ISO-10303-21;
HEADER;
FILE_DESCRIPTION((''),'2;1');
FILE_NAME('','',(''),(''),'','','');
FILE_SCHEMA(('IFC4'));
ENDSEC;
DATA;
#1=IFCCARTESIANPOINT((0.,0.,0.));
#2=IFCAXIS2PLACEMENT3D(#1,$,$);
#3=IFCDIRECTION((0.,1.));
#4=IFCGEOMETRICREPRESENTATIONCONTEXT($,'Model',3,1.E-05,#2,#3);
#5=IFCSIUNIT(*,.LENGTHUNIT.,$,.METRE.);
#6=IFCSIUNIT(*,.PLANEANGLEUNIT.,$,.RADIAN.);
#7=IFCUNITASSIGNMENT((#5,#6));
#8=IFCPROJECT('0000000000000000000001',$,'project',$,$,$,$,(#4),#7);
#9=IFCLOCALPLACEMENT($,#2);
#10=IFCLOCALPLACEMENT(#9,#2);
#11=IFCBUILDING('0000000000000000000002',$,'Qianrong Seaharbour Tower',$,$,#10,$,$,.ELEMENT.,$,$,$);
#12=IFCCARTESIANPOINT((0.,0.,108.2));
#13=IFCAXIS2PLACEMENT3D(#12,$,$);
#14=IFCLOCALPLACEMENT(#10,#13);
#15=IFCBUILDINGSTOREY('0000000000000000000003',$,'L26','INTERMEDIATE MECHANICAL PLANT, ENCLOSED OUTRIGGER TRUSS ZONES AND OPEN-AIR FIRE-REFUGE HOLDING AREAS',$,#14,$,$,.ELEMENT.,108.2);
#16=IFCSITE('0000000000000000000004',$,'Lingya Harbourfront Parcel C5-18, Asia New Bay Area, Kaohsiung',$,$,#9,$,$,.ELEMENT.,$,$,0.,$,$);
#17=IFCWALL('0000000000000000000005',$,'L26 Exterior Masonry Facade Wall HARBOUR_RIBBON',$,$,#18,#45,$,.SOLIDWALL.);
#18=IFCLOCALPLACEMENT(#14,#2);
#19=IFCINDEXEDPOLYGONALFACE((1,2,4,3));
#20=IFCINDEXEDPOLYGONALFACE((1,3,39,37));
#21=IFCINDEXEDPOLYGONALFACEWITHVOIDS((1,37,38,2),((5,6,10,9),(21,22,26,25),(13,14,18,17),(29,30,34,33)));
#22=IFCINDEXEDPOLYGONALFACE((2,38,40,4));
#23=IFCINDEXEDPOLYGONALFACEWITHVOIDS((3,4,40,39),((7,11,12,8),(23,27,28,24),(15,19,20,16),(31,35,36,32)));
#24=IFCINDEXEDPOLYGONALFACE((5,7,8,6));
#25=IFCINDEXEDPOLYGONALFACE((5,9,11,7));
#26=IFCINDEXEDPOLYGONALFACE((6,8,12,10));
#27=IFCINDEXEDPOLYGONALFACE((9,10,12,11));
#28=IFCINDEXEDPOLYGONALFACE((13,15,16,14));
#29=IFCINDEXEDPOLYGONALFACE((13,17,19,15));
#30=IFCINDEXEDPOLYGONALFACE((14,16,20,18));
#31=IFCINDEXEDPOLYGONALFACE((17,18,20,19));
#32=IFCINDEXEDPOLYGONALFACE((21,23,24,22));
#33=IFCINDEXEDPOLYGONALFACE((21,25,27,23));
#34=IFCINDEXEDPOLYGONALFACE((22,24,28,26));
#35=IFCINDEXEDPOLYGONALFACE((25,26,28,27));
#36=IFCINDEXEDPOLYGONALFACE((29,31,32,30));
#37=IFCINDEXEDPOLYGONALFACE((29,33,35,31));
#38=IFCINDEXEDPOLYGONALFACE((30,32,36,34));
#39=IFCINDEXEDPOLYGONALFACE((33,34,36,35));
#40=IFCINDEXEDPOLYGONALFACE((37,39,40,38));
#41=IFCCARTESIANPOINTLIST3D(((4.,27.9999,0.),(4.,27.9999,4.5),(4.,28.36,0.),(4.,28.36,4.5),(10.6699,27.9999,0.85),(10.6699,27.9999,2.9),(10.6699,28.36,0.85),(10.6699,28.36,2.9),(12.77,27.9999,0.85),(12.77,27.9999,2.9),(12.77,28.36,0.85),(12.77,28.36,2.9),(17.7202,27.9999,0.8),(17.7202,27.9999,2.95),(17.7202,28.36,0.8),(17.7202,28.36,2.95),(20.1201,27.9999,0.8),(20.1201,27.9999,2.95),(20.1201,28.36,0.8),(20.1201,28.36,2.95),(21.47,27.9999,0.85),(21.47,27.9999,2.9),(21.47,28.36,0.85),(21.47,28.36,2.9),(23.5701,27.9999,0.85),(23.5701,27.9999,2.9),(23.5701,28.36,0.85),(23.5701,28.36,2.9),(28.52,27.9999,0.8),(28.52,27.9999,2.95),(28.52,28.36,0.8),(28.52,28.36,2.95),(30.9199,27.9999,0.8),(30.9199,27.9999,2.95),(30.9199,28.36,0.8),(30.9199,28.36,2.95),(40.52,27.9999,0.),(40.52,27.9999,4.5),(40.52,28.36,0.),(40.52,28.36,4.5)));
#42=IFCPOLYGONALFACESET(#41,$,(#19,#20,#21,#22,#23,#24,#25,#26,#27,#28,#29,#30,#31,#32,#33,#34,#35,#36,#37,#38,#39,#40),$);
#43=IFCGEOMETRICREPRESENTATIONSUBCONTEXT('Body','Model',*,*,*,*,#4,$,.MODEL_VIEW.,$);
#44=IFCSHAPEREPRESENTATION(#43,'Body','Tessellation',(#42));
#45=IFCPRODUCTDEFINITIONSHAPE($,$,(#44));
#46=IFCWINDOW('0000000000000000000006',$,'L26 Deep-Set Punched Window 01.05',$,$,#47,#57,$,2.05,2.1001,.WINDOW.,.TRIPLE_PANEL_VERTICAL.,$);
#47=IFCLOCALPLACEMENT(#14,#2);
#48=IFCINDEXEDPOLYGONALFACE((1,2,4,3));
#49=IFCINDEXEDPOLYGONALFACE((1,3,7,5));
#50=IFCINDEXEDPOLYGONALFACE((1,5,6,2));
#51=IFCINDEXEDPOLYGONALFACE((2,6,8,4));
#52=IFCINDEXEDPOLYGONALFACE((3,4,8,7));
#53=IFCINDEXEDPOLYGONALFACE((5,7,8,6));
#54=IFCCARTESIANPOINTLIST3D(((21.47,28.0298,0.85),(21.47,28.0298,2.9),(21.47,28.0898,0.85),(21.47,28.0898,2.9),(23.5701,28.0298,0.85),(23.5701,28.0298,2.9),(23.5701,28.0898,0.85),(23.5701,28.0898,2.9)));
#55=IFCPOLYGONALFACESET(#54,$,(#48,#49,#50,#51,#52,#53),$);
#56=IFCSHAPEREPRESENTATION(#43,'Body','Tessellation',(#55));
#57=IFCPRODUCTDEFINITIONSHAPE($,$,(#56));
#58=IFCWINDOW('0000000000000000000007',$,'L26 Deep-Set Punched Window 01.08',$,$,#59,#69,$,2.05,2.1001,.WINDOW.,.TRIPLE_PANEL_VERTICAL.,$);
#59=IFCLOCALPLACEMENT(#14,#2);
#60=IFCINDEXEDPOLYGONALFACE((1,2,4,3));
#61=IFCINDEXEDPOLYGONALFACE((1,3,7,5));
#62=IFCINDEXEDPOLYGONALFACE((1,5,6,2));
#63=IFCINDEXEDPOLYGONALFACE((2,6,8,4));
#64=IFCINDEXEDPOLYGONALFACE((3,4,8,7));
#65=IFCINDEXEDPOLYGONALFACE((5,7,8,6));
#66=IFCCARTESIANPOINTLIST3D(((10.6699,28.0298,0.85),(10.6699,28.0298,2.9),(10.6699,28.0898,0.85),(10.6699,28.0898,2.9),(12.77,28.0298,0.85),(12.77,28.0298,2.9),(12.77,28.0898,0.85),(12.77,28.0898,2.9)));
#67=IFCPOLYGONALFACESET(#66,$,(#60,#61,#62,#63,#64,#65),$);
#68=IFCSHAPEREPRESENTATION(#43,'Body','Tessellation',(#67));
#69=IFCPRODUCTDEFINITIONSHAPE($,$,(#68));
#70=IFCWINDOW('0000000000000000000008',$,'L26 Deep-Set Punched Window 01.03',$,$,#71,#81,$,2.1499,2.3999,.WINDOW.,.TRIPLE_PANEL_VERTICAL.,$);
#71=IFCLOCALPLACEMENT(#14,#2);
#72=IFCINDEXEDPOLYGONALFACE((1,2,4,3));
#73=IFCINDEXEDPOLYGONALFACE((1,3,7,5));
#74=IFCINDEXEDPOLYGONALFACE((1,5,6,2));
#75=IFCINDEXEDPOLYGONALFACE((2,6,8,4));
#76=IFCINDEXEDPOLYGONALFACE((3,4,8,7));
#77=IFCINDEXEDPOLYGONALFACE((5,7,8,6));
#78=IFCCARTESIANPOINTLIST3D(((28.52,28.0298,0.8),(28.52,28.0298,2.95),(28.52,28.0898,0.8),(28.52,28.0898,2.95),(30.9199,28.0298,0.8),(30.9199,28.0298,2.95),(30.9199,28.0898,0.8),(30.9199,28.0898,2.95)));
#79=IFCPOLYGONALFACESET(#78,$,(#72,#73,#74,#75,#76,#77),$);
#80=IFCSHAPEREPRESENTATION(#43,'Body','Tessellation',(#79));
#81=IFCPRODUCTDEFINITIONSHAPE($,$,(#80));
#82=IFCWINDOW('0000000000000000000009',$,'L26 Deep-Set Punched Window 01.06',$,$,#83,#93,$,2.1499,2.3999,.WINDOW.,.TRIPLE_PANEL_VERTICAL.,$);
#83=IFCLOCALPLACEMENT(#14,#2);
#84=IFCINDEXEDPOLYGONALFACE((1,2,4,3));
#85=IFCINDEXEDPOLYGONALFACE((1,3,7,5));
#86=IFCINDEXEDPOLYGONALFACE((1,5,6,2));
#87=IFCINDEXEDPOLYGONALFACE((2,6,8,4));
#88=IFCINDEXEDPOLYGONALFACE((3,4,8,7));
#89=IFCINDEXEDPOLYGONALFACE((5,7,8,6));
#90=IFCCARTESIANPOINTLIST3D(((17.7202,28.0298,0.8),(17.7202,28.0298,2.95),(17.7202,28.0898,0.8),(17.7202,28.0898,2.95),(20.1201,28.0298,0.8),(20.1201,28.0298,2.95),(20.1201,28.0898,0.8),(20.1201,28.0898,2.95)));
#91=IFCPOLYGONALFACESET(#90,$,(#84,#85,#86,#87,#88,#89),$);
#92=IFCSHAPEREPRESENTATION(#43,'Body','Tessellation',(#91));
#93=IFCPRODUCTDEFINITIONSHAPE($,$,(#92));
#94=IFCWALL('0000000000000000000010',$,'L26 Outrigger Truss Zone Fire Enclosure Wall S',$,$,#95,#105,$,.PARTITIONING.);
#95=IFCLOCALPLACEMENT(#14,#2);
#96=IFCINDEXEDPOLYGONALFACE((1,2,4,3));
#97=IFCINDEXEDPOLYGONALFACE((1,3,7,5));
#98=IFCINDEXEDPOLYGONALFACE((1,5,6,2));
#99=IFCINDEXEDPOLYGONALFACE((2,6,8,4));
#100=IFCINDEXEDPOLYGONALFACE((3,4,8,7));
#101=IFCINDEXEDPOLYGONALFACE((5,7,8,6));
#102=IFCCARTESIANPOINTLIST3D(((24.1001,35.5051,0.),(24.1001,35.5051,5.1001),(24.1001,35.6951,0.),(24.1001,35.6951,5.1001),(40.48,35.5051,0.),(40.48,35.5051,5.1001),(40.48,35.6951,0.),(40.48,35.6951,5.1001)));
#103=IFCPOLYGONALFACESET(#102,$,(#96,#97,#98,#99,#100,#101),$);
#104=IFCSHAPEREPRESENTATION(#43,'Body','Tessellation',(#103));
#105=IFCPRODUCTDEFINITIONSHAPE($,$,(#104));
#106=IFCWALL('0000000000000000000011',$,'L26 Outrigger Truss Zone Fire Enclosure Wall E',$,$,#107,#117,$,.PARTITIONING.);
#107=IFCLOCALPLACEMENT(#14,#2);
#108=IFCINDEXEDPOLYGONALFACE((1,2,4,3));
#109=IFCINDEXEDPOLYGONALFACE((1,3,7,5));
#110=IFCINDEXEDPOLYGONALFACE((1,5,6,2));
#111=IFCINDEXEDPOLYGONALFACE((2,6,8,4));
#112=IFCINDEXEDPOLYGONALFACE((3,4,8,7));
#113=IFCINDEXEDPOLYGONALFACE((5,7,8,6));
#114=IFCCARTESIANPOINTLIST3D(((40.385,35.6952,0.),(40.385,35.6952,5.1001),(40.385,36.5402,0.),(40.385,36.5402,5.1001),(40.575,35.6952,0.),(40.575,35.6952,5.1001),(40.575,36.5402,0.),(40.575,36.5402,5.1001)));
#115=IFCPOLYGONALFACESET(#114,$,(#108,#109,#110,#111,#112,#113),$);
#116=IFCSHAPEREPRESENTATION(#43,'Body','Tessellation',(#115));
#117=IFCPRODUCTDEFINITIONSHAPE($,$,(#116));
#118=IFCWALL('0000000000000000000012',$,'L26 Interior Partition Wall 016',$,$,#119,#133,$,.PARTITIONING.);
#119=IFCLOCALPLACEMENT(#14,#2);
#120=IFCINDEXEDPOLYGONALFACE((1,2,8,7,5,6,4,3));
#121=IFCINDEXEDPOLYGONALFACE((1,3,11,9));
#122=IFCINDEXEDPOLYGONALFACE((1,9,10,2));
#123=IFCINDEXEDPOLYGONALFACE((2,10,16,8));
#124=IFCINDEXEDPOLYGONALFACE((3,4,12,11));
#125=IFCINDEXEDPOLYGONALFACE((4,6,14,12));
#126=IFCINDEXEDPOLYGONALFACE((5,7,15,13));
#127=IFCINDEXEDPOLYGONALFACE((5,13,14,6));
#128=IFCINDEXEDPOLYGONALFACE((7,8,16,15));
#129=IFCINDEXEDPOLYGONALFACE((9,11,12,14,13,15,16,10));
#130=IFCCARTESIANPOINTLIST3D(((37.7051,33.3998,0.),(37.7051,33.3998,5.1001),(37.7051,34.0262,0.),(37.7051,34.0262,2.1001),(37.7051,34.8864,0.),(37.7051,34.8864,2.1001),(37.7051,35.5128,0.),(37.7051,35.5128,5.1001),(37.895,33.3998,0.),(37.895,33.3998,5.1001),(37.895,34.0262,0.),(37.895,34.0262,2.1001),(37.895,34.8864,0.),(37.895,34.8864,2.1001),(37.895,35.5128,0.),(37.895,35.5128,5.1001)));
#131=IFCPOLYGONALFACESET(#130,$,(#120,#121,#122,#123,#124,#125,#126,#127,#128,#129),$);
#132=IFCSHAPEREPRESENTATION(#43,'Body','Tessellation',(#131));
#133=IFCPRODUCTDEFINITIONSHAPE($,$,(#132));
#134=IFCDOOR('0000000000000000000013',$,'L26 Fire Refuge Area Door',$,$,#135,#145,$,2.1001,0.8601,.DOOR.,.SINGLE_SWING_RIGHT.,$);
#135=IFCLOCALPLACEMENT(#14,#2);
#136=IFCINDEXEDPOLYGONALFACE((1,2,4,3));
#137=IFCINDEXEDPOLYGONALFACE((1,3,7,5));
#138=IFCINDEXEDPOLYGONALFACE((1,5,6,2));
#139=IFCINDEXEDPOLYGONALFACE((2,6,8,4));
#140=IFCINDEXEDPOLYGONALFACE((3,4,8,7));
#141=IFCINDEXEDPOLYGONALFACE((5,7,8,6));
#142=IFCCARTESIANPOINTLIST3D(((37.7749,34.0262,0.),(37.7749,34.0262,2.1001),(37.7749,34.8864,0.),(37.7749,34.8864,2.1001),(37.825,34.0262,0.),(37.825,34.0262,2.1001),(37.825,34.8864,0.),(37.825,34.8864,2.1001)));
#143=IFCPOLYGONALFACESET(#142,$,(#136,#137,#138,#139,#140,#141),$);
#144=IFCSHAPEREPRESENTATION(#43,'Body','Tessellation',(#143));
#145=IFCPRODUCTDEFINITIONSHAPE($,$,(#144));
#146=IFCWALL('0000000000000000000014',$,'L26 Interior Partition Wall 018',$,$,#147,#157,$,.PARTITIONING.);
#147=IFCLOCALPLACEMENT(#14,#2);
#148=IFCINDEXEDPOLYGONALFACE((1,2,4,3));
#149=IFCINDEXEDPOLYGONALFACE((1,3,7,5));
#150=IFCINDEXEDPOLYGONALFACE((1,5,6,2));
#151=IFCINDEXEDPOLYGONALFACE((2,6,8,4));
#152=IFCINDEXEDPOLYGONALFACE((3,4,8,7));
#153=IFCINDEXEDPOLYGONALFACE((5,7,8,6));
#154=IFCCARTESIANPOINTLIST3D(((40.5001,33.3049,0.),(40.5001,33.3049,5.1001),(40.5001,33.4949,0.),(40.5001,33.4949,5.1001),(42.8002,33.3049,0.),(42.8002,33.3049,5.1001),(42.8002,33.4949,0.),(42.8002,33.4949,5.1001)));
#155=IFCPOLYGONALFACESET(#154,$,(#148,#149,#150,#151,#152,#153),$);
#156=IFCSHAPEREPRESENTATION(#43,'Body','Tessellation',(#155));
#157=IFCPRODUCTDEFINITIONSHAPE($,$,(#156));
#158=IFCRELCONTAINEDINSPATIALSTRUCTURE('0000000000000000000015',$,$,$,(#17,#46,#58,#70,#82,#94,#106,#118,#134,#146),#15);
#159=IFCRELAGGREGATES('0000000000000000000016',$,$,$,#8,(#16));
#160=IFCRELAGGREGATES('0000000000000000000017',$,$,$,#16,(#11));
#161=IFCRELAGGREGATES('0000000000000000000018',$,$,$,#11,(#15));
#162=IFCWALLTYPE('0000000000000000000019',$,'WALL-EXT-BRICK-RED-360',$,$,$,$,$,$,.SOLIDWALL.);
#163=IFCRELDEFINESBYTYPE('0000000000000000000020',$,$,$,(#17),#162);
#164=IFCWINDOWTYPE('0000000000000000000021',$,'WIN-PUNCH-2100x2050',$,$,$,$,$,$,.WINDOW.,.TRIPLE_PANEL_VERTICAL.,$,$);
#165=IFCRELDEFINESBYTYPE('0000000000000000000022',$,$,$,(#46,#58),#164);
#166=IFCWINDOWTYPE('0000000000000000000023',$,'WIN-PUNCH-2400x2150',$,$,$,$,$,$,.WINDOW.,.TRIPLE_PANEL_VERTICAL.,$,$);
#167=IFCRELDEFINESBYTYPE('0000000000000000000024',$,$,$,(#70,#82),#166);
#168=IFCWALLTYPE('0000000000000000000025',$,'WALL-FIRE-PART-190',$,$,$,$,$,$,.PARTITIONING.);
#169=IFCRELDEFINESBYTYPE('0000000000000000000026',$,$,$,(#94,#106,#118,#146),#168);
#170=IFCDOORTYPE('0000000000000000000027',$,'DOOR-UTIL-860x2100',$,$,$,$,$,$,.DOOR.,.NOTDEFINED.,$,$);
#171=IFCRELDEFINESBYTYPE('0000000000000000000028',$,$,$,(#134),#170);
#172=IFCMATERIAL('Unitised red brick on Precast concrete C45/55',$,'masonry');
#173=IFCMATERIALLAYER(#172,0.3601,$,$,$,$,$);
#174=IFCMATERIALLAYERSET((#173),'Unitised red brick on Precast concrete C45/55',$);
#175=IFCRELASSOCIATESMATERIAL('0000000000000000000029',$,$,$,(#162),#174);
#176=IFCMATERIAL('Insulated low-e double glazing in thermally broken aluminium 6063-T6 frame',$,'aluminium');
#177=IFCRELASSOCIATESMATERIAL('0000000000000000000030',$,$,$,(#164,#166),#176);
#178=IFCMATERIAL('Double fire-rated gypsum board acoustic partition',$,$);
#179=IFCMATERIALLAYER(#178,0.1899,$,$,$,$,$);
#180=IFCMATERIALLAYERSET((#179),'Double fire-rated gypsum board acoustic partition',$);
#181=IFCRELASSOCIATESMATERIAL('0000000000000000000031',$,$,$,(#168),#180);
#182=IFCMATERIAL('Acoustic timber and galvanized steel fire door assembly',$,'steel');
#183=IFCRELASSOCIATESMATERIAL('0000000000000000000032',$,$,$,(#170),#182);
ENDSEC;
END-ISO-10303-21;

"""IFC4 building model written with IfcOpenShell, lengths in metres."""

from ifc_helpers import new_model, si_unit, direction, frame, frame_2d, origin, place, context, subcontext, project, spatial, rectangle, extrude, material, layer, layer_set, type_object, element, fill, save


model = new_model("IFC4")

# Units and contexts
model_context = context("Model", 3, precision=1e-05, world=origin(), true_north=direction((0.0, 1.0)))
body_context = subcontext(model_context, "Body", "Model", "MODEL_VIEW")
ifc_project = project(units=[si_unit("LENGTHUNIT", "METRE"), si_unit("PLANEANGLEUNIT", "RADIAN")], contexts=[model_context])

# Site, building, storey
site_placement = place(None, origin())
site = spatial("IfcSite", under=ifc_project, at=site_placement, Name="Lingya Harbourfront Parcel C5-18, Asia New Bay Area, Kaohsiung", CompositionType="ELEMENT", RefElevation=0.0)
building_placement = place(site_placement, origin())
building = spatial("IfcBuilding", under=site, at=building_placement, Name="Qianrong Seaharbour Tower", CompositionType="ELEMENT")
storey_placement = place(building_placement, frame((0.0, 0.0, 108.2)))
storey = spatial("IfcBuildingStorey", under=building, at=storey_placement, Name="L26", Description="INTERMEDIATE MECHANICAL PLANT, ENCLOSED OUTRIGGER TRUSS ZONES AND OPEN-AIR FIRE-REFUGE HOLDING AREAS", CompositionType="ELEMENT", Elevation=108.2)

# Wall, openings, windows
ifc_material_1 = material(Name="Unitised red brick on Precast concrete C45/55", Category="masonry")
ifc_layer_1 = layer(ifc_material_1, 0.3601)
ifc_layer_set_1 = layer_set([ifc_layer_1], Name="Unitised red brick on Precast concrete C45/55")
wall_type_1 = type_object("IfcWallType", Name="WALL-EXT-BRICK-RED-360", PredefinedType="SOLIDWALL", material=ifc_layer_set_1)
wall_1_placement = place(storey_placement, frame((40.52, 28.1799, 0.0), z_axis=(0.0, 0.0, 1.0), x_axis=(-1.0, 0.0, 0.0)))
wall_1 = element("IfcWall", 1, at=wall_1_placement, inside=storey, type_object=wall_type_1, Name="L26 Exterior Masonry Facade Wall HARBOUR_RIBBON", PredefinedType="SOLIDWALL", context=body_context, shape_type="SweptSolid", body=[
    extrude(rectangle(XDim=36.52, YDim=0.3601, at=frame_2d((18.26, 0.0))), origin(), (0.0, 0.0, 1.0), 4.5),
])
opening_1_placement = place(wall_1_placement, frame((9.6001, 0.0, 0.8)))
opening_1 = element("IfcOpeningElement", 2, at=opening_1_placement, cuts=wall_1, PredefinedType="OPENING", context=body_context, shape_type="SweptSolid", body=[
    extrude(rectangle(XDim=2.3999, YDim=2.1499, at=frame_2d((1.2, 1.075))), frame((0.0, 0.1899, 0.0), z_axis=(0.0, -1.0, 0.0), x_axis=(1.0, 0.0, 0.0)), (0.0, 0.0, 1.0), 0.3801),
])
opening_2_placement = place(wall_1_placement, frame((16.95, 0.0, 0.8501)))
opening_2 = element("IfcOpeningElement", 3, at=opening_2_placement, cuts=wall_1, PredefinedType="OPENING", context=body_context, shape_type="SweptSolid", body=[
    extrude(rectangle(XDim=2.1001, YDim=2.05, at=frame_2d((1.05, 1.0249))), frame((0.0, 0.1899, 0.0), z_axis=(0.0, -1.0, 0.0), x_axis=(1.0, 0.0, 0.0)), (0.0, 0.0, 1.0), 0.3801),
])
opening_3_placement = place(wall_1_placement, frame((20.3999, 0.0, 0.8)))
opening_3 = element("IfcOpeningElement", 4, at=opening_3_placement, cuts=wall_1, PredefinedType="OPENING", context=body_context, shape_type="SweptSolid", body=[
    extrude(rectangle(XDim=2.3999, YDim=2.1499, at=frame_2d((1.2, 1.075))), frame((0.0, 0.1899, 0.0), z_axis=(0.0, -1.0, 0.0), x_axis=(1.0, 0.0, 0.0)), (0.0, 0.0, 1.0), 0.3801),
])
opening_4_placement = place(wall_1_placement, frame((27.75, 0.0, 0.8501)))
opening_4 = element("IfcOpeningElement", 5, at=opening_4_placement, cuts=wall_1, PredefinedType="OPENING", context=body_context, shape_type="SweptSolid", body=[
    extrude(rectangle(XDim=2.1001, YDim=2.05, at=frame_2d((1.05, 1.0249))), frame((0.0, 0.1899, 0.0), z_axis=(0.0, -1.0, 0.0), x_axis=(1.0, 0.0, 0.0)), (0.0, 0.0, 1.0), 0.3801),
])
ifc_material_2 = material(Name="Insulated low-e double glazing in thermally broken aluminium 6063-T6 frame", Category="aluminium")
window_type_1 = type_object("IfcWindowType", Name="WIN-PUNCH-2100x2050", PartitioningType="TRIPLE_PANEL_VERTICAL", PredefinedType="WINDOW", material=ifc_material_2)
window_1_placement = place(opening_2_placement, origin())
window_1 = element("IfcWindow", 6, at=window_1_placement, inside=storey, type_object=window_type_1, Name="L26 Deep-Set Punched Window 01.05", OverallHeight=2.05, OverallWidth=2.1001, PartitioningType="TRIPLE_PANEL_VERTICAL", PredefinedType="WINDOW", context=body_context, shape_type="SweptSolid", body=[
    extrude(rectangle(XDim=2.1001, YDim=2.05, at=frame_2d((1.05, 1.0249))), frame((0.0, 0.1501, 0.0), z_axis=(0.0, -1.0, 0.0), x_axis=(1.0, 0.0, 0.0)), (0.0, 0.0, 1.0), 0.0601),
])
fill(opening_2, window_1)
window_2_placement = place(opening_4_placement, origin())
window_2 = element("IfcWindow", 7, at=window_2_placement, inside=storey, type_object=window_type_1, Name="L26 Deep-Set Punched Window 01.08", OverallHeight=2.05, OverallWidth=2.1001, PartitioningType="TRIPLE_PANEL_VERTICAL", PredefinedType="WINDOW", context=body_context, shape_type="SweptSolid", body=[
    extrude(rectangle(XDim=2.1001, YDim=2.05, at=frame_2d((1.05, 1.0249))), frame((0.0, 0.1501, 0.0), z_axis=(0.0, -1.0, 0.0), x_axis=(1.0, 0.0, 0.0)), (0.0, 0.0, 1.0), 0.0601),
])
fill(opening_4, window_2)
window_type_2 = type_object("IfcWindowType", Name="WIN-PUNCH-2400x2150", PartitioningType="TRIPLE_PANEL_VERTICAL", PredefinedType="WINDOW", material=ifc_material_2)
window_3_placement = place(opening_1_placement, origin())
window_3 = element("IfcWindow", 8, at=window_3_placement, inside=storey, type_object=window_type_2, Name="L26 Deep-Set Punched Window 01.03", OverallHeight=2.1499, OverallWidth=2.3999, PartitioningType="TRIPLE_PANEL_VERTICAL", PredefinedType="WINDOW", context=body_context, shape_type="SweptSolid", body=[
    extrude(rectangle(XDim=2.3999, YDim=2.1499, at=frame_2d((1.2, 1.075))), frame((0.0, 0.1501, 0.0), z_axis=(0.0, -1.0, 0.0), x_axis=(1.0, 0.0, 0.0)), (0.0, 0.0, 1.0), 0.0601),
])
fill(opening_1, window_3)
window_4_placement = place(opening_3_placement, origin())
window_4 = element("IfcWindow", 9, at=window_4_placement, inside=storey, type_object=window_type_2, Name="L26 Deep-Set Punched Window 01.06", OverallHeight=2.1499, OverallWidth=2.3999, PartitioningType="TRIPLE_PANEL_VERTICAL", PredefinedType="WINDOW", context=body_context, shape_type="SweptSolid", body=[
    extrude(rectangle(XDim=2.3999, YDim=2.1499, at=frame_2d((1.2, 1.075))), frame((0.0, 0.1501, 0.0), z_axis=(0.0, -1.0, 0.0), x_axis=(1.0, 0.0, 0.0)), (0.0, 0.0, 1.0), 0.0601),
])
fill(opening_3, window_4)

# Walls
ifc_material_3 = material(Name="Double fire-rated gypsum board acoustic partition")
ifc_layer_2 = layer(ifc_material_3, 0.1899)
ifc_layer_set_2 = layer_set([ifc_layer_2], Name="Double fire-rated gypsum board acoustic partition")
wall_type_2 = type_object("IfcWallType", Name="WALL-FIRE-PART-190", PredefinedType="PARTITIONING", material=ifc_layer_set_2)
wall_2_placement = place(storey_placement, frame((40.48, 35.6001, 0.0), z_axis=(0.0, 0.0, 1.0), x_axis=(-1.0, 0.0, 0.0)))
element("IfcWall", 10, at=wall_2_placement, inside=storey, type_object=wall_type_2, Name="L26 Outrigger Truss Zone Fire Enclosure Wall S", PredefinedType="PARTITIONING", context=body_context, shape_type="SweptSolid", body=[
    extrude(rectangle(XDim=16.3799, YDim=0.1899, at=frame_2d((8.1899, 0.0))), origin(), (0.0, 0.0, 1.0), 5.1001),
])
wall_3_placement = place(storey_placement, frame((40.48, 36.54, 0.0), z_axis=(0.0, 0.0, 1.0), x_axis=(0.0, -1.0, 0.0)))
element("IfcWall", 11, at=wall_3_placement, inside=storey, type_object=wall_type_2, Name="L26 Outrigger Truss Zone Fire Enclosure Wall E", PredefinedType="PARTITIONING", context=body_context, shape_type="SweptSolid", body=[
    extrude(rectangle(XDim=0.845, YDim=0.1899, at=frame_2d((0.4224, 0.0))), origin(), (0.0, 0.0, 1.0), 5.1001),
])

# Wall, opening, door
wall_4_placement = place(storey_placement, frame((37.8, 35.5129, 0.0), z_axis=(0.0, 0.0, 1.0), x_axis=(0.0, -1.0, 0.0)))
wall_4 = element("IfcWall", 12, at=wall_4_placement, inside=storey, type_object=wall_type_2, Name="L26 Interior Partition Wall 016", PredefinedType="PARTITIONING", context=body_context, shape_type="SweptSolid", body=[
    extrude(rectangle(XDim=2.113, YDim=0.1899, at=frame_2d((1.0566, 0.0))), origin(), (0.0, 0.0, 1.0), 5.1001),
])
opening_5_placement = place(wall_4_placement, frame((0.6265, 0.0, 0.0)))
opening_5 = element("IfcOpeningElement", 13, at=opening_5_placement, cuts=wall_4, PredefinedType="OPENING", context=body_context, shape_type="SweptSolid", body=[
    extrude(rectangle(XDim=0.8601, YDim=2.1001, at=frame_2d((0.4302, 1.05))), frame((0.0, 0.105, 0.0), z_axis=(0.0, -1.0, 0.0), x_axis=(1.0, 0.0, 0.0)), (0.0, 0.0, 1.0), 0.21),
])
ifc_material_4 = material(Name="Acoustic timber and galvanized steel fire door assembly", Category="steel")
door_type = type_object("IfcDoorType", Name="DOOR-UTIL-860x2100", OperationType="NOTDEFINED", PredefinedType="DOOR", material=ifc_material_4)
door_placement = place(opening_5_placement, origin())
door = element("IfcDoor", 14, at=door_placement, inside=storey, type_object=door_type, Name="L26 Fire Refuge Area Door", OperationType="SINGLE_SWING_RIGHT", OverallHeight=2.1001, OverallWidth=0.8601, PredefinedType="DOOR", context=body_context, shape_type="SweptSolid", body=[
    extrude(rectangle(XDim=0.8601, YDim=2.1001, at=frame_2d((0.4302, 1.05))), frame((0.0, 0.0249, 0.0), z_axis=(0.0, -1.0, 0.0), x_axis=(1.0, 0.0, 0.0)), (0.0, 0.0, 1.0), 0.05),
])
fill(opening_5, door)

# Wall
wall_5_placement = place(storey_placement, frame((42.8, 33.3999, 0.0), z_axis=(0.0, 0.0, 1.0), x_axis=(-1.0, 0.0, 0.0)))
element("IfcWall", 15, at=wall_5_placement, inside=storey, type_object=wall_type_2, Name="L26 Interior Partition Wall 018", PredefinedType="PARTITIONING", context=body_context, shape_type="SweptSolid", body=[
    extrude(rectangle(XDim=2.3, YDim=0.1899, at=frame_2d((1.1499, 0.0))), origin(), (0.0, 0.0, 1.0), 5.1001),
])

save(model, "model.ifc")
